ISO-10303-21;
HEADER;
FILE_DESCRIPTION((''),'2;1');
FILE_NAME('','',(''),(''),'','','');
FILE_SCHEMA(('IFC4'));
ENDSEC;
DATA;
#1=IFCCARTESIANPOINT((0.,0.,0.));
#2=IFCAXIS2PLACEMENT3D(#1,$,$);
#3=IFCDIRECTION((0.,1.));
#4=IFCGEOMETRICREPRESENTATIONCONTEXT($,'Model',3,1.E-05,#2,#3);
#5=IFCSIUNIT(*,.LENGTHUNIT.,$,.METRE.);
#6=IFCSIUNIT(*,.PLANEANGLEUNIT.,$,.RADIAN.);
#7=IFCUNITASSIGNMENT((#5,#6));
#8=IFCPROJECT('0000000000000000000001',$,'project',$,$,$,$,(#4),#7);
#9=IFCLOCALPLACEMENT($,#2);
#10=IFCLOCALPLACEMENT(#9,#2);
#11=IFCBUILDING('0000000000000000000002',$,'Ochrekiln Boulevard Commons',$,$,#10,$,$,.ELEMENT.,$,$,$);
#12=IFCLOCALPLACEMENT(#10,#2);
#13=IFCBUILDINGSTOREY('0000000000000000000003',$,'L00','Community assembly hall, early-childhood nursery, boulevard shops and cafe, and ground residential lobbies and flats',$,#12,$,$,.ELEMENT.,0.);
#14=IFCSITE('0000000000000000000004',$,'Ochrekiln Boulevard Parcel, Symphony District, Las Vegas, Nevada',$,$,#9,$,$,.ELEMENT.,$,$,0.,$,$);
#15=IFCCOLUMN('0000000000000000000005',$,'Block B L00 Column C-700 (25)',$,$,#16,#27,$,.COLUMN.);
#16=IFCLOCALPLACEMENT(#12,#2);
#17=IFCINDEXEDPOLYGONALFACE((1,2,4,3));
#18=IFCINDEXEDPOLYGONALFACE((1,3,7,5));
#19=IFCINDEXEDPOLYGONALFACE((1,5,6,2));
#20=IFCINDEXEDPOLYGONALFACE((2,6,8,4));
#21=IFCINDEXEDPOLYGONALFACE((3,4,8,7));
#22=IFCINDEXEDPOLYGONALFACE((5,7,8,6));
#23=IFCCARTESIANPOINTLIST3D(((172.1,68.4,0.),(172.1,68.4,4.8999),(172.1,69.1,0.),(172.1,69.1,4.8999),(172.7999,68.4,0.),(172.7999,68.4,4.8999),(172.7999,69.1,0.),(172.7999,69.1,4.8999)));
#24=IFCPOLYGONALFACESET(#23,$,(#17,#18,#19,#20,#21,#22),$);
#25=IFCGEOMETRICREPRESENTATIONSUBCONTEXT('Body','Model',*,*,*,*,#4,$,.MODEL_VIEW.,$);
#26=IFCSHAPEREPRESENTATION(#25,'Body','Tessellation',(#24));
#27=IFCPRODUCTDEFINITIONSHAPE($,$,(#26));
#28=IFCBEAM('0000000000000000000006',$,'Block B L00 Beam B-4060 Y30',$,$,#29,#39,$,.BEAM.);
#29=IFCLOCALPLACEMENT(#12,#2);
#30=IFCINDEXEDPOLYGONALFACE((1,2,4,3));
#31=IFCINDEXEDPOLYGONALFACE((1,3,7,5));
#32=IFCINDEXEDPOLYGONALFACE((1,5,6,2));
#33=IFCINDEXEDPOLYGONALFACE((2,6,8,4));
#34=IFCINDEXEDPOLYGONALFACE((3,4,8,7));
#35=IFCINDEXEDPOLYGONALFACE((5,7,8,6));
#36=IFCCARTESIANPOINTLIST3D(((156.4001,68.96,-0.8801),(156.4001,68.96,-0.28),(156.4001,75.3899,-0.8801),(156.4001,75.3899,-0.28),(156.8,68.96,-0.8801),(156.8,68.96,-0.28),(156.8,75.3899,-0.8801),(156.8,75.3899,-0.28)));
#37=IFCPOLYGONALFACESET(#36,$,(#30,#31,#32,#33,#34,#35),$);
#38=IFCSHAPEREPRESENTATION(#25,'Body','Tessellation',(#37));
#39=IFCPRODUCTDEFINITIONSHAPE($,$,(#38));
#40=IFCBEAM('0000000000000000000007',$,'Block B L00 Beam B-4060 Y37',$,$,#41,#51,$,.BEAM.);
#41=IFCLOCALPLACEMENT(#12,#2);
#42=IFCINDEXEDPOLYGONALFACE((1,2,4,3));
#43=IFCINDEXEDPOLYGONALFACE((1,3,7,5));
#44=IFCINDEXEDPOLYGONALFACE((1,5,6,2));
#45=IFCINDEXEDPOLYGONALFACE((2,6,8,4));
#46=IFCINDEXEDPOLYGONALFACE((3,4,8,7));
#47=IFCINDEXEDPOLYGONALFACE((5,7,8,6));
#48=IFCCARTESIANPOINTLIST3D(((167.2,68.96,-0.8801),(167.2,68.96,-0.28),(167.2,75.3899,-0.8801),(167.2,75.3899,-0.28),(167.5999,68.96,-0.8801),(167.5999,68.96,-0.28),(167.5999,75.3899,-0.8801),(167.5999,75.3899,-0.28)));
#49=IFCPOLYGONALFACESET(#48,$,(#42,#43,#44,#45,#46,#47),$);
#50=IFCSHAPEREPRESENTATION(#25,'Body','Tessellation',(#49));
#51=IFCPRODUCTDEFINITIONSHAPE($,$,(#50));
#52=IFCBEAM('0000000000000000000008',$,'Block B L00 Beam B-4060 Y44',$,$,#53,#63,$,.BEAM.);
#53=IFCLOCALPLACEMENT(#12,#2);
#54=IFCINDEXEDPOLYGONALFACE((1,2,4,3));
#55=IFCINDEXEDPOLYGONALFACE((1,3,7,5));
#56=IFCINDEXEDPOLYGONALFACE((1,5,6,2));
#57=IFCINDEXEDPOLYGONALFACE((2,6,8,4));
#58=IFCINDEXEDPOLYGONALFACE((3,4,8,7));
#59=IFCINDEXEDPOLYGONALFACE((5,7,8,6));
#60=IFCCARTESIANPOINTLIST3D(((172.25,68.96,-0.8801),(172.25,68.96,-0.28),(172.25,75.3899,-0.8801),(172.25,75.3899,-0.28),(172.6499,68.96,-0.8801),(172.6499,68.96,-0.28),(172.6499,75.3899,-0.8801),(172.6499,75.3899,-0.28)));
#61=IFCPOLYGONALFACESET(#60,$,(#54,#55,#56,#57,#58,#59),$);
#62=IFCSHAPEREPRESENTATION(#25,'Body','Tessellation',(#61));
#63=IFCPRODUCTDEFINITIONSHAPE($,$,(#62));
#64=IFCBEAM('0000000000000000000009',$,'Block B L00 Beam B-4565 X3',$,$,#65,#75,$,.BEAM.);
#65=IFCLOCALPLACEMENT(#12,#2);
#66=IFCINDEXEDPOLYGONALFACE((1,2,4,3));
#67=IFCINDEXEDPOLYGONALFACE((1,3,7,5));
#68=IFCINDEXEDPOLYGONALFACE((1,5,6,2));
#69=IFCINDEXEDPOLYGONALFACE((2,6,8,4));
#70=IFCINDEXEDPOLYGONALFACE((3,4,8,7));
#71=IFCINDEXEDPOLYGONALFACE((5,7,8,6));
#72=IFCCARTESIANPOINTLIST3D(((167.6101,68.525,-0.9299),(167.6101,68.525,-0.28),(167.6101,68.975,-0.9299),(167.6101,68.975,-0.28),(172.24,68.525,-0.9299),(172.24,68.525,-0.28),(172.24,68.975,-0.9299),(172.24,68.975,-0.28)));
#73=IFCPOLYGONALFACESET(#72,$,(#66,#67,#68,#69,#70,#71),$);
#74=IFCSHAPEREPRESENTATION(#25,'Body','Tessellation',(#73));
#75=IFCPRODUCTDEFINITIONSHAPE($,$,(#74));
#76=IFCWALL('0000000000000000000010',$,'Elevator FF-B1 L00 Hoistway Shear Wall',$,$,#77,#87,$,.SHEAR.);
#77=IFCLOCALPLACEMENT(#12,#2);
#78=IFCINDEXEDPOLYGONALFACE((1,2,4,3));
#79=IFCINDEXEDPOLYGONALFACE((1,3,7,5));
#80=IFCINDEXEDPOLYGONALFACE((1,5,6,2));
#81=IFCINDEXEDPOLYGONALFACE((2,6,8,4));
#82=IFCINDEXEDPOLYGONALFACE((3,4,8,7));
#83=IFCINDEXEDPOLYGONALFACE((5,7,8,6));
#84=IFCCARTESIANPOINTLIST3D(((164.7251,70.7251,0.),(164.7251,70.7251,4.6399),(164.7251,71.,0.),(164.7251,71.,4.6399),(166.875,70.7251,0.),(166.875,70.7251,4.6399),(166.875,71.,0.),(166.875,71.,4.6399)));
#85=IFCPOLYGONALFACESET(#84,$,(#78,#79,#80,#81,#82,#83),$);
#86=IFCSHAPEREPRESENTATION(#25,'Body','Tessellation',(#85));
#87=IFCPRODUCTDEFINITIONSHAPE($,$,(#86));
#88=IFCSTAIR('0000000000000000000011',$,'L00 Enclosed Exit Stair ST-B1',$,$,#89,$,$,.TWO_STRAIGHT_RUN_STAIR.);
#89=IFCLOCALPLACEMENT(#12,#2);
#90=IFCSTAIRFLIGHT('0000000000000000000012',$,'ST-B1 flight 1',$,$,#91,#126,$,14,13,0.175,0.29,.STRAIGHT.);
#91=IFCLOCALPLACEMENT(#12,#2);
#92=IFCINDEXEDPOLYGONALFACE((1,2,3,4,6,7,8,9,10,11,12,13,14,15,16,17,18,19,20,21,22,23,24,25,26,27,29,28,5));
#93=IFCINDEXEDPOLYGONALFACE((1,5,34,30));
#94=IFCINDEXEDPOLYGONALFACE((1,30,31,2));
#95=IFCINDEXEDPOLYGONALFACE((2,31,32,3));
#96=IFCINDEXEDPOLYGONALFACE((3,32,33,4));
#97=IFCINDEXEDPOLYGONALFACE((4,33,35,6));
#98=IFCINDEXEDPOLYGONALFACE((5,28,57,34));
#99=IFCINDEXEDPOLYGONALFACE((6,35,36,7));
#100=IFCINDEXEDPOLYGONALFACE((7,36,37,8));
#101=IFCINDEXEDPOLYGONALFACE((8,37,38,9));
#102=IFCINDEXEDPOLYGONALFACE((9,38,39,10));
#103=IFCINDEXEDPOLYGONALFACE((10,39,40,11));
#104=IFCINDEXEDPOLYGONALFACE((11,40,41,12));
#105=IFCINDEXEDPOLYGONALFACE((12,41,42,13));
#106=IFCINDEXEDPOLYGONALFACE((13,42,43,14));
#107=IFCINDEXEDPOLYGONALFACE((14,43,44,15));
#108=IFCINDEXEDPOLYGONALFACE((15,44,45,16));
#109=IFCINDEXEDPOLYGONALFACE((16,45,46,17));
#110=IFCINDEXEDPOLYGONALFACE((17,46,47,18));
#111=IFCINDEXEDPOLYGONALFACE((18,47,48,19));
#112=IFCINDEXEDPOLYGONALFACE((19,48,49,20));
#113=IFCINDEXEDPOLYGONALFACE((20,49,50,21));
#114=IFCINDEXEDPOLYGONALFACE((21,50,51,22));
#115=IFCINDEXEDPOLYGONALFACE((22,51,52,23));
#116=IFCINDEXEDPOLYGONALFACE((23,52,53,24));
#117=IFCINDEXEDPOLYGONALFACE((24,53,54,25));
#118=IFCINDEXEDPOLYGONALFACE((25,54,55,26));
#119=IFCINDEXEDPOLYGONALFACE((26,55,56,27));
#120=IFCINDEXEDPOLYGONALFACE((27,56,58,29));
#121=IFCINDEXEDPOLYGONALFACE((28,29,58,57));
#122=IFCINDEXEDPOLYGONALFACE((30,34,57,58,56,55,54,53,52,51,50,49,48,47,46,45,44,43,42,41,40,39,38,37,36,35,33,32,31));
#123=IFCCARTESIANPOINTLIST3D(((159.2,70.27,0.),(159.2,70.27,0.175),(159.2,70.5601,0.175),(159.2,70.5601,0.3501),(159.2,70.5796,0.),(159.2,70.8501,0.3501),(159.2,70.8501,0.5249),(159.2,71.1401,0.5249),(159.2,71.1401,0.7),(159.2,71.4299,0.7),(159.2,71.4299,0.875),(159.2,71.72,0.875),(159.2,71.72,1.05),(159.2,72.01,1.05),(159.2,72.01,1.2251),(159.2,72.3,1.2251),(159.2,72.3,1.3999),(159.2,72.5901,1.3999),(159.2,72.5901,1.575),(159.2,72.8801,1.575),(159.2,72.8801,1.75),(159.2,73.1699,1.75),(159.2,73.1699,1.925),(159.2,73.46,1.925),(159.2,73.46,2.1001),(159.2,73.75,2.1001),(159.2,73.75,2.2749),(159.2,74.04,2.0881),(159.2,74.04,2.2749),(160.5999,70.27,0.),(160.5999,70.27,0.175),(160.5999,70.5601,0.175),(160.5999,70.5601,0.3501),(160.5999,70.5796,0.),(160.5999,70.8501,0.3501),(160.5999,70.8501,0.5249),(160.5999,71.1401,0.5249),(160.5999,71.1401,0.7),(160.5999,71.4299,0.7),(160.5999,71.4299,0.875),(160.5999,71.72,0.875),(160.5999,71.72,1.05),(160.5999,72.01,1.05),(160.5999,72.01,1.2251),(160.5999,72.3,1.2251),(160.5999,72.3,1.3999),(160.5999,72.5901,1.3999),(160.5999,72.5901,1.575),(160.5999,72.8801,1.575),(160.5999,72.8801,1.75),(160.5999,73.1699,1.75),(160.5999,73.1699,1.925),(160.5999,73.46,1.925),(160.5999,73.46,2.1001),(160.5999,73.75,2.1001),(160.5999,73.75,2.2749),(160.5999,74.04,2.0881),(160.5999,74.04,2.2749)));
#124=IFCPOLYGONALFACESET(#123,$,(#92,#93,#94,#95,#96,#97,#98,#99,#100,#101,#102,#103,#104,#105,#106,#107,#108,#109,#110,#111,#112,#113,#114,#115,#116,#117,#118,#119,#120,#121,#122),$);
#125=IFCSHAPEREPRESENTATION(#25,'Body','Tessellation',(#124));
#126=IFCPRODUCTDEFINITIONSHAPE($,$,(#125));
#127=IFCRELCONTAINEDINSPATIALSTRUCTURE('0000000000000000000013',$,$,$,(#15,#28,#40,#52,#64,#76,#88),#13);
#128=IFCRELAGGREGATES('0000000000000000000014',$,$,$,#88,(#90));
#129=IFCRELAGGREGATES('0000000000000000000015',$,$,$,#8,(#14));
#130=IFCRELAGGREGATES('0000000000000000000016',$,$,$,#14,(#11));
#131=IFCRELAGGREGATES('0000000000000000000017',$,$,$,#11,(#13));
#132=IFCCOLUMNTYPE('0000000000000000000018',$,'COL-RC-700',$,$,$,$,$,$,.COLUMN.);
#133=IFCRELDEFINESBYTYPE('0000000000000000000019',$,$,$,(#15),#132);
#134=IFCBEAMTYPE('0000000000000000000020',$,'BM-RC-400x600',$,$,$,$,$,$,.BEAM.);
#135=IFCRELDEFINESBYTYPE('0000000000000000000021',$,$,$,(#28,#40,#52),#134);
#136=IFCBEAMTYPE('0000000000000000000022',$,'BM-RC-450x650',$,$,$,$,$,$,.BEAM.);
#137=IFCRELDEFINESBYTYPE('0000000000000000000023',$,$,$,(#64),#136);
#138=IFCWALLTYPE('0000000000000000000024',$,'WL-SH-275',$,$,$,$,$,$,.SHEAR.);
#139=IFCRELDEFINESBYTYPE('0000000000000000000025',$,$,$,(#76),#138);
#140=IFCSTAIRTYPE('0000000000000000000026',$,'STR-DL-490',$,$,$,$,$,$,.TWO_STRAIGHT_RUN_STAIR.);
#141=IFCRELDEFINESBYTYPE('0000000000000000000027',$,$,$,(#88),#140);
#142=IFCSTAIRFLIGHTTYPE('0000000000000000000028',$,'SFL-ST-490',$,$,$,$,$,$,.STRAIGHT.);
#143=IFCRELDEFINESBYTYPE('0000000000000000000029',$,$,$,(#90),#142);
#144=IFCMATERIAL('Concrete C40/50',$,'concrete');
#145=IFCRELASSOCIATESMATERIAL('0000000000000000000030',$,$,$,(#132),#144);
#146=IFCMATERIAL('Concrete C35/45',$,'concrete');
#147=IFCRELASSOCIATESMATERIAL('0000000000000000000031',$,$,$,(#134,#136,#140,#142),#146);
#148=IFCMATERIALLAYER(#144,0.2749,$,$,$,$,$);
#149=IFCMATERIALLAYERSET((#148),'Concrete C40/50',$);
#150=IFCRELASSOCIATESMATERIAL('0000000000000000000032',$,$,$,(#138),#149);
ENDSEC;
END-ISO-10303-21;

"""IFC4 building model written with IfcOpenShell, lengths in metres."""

from ifc_helpers import new_model, si_unit, direction, frame, frame_2d, origin, origin_2d, place, context, subcontext, project, spatial, polyline, rectangle, outline, extrude, material, layer, layer_set, material_profile, profile_set, type_object, element, aggregate, save


model = new_model("IFC4")

# Units and contexts
model_context = context("Model", 3, precision=1e-05, world=origin(), true_north=direction((0.0, 1.0)))
body_context = subcontext(model_context, "Body", "Model", "MODEL_VIEW")
ifc_project = project(units=[si_unit("LENGTHUNIT", "METRE"), si_unit("PLANEANGLEUNIT", "RADIAN")], contexts=[model_context])

# Site, building, storey
site_placement = place(None, origin())
site = spatial("IfcSite", under=ifc_project, at=site_placement, Name="Ochrekiln Boulevard Parcel, Symphony District, Las Vegas, Nevada", CompositionType="ELEMENT", RefElevation=0.0)
building_placement = place(site_placement, origin())
building = spatial("IfcBuilding", under=site, at=building_placement, Name="Ochrekiln Boulevard Commons", CompositionType="ELEMENT")
storey_placement = place(building_placement, origin())
storey = spatial("IfcBuildingStorey", under=building, at=storey_placement, Name="L00", Description="Community assembly hall, early-childhood nursery, boulevard shops and cafe, and ground residential lobbies and flats", CompositionType="ELEMENT", Elevation=0.0)

# Column
ifc_material_1 = material(Name="Concrete C40/50", Category="concrete")
ifc_material_profile_1 = material_profile(ifc_material_1, rectangle(XDim=0.7, YDim=0.7, at=origin_2d()), Name="RC-COL-700x700")
ifc_profile_set_1 = profile_set([ifc_material_profile_1], Name="Concrete C40/50")
column_type = type_object("IfcColumnType", Name="COL-RC-700", PredefinedType="COLUMN", material=ifc_profile_set_1)
column_placement = place(storey_placement, frame((172.45, 68.75, 0.0), z_axis=(0.0, 0.0, 1.0), x_axis=(1.0, 0.0, 0.0)))
element("IfcColumn", 1, at=column_placement, inside=storey, type_object=column_type, Name="Block B L00 Column C-700 (25)", PredefinedType="COLUMN", context=body_context, shape_type="SweptSolid", body=[
    extrude(rectangle(XDim=0.7, YDim=0.7, at=origin_2d()), origin(), (0.0, 0.0, 1.0), 4.8999),
])

# Beams
ifc_material_2 = material(Name="Concrete C35/45", Category="concrete")
ifc_material_profile_2 = material_profile(ifc_material_2, rectangle(XDim=0.3999, YDim=0.6001, at=origin_2d()), Name="RC-BM-400x600")
ifc_profile_set_2 = profile_set([ifc_material_profile_2], Name="Concrete C35/45")
beam_type_1 = type_object("IfcBeamType", Name="BM-RC-400x600", PredefinedType="BEAM", material=ifc_profile_set_2)
for number, where, z_axis, x_axis, name in (
    (2, (156.6001, 68.96, -0.5801), (0.0, 1.0, 0.0), (-1.0, 0.0, 0.0), "Block B L00 Beam B-4060 Y30"),
    (3, (167.3999, 68.96, -0.5801), (0.0, 1.0, 0.0), (-1.0, 0.0, 0.0), "Block B L00 Beam B-4060 Y37"),
    (4, (172.45, 68.96, -0.5801), (0.0, 1.0, 0.0), (-1.0, 0.0, 0.0), "Block B L00 Beam B-4060 Y44"),
):
    element("IfcBeam", number, at=place(storey_placement, frame(where, z_axis=z_axis, x_axis=x_axis)), inside=storey, type_object=beam_type_1, Name=name, PredefinedType="BEAM", context=body_context, shape_type="SweptSolid", body=[
        extrude(rectangle(XDim=0.3999, YDim=0.6001, at=origin_2d()), origin(), (0.0, 0.0, 1.0), 6.4299),
    ])
ifc_material_profile_3 = material_profile(ifc_material_2, rectangle(XDim=0.45, YDim=0.6499, at=origin_2d()), Name="RC-BM-450x650")
ifc_profile_set_3 = profile_set([ifc_material_profile_3], Name="Concrete C35/45")
beam_type_2 = type_object("IfcBeamType", Name="BM-RC-450x650", PredefinedType="BEAM", material=ifc_profile_set_3)
beam_placement = place(storey_placement, frame((167.6101, 68.75, -0.605), z_axis=(1.0, 0.0, 0.0), x_axis=(0.0, 1.0, 0.0)))
element("IfcBeam", 5, at=beam_placement, inside=storey, type_object=beam_type_2, Name="Block B L00 Beam B-4565 X3", PredefinedType="BEAM", context=body_context, shape_type="SweptSolid", body=[
    extrude(rectangle(XDim=0.45, YDim=0.6499, at=origin_2d()), origin(), (0.0, 0.0, 1.0), 4.6299),
])

# Wall
ifc_layer = layer(ifc_material_1, 0.2749)
ifc_layer_set = layer_set([ifc_layer], Name="Concrete C40/50")
wall_type = type_object("IfcWallType", Name="WL-SH-275", PredefinedType="SHEAR", material=ifc_layer_set)
wall_1_placement = place(storey_placement, frame((164.7251, 70.8625, 0.0), z_axis=(0.0, 0.0, 1.0), x_axis=(1.0, 0.0, 0.0)))
element("IfcWall", 6, at=wall_1_placement, inside=storey, type_object=wall_type, Name="Elevator FF-B1 L00 Hoistway Shear Wall", PredefinedType="SHEAR", context=body_context, shape_type="SweptSolid", body=[
    extrude(rectangle(XDim=2.1499, YDim=0.2749, at=frame_2d((1.075, 0.0))), origin(), (0.0, 0.0, 1.0), 4.6399),
])

# Stair, stair flight
stair_type = type_object("IfcStairType", Name="STR-DL-490", PredefinedType="TWO_STRAIGHT_RUN_STAIR", material=ifc_material_2)
stair_placement = place(storey_placement, origin())
stair = element("IfcStair", 7, at=stair_placement, inside=storey, type_object=stair_type, Name="L00 Enclosed Exit Stair ST-B1", PredefinedType="TWO_STRAIGHT_RUN_STAIR")
stair_flight_type = type_object("IfcStairFlightType", Name="SFL-ST-490", PredefinedType="STRAIGHT", material=ifc_material_2)
stair_flight_placement = place(storey_placement, frame((159.8999, 70.27, 0.0), z_axis=(0.0, 0.0, 1.0), x_axis=(0.0, 1.0, 0.0)))
stair_flight = element("IfcStairFlight", 8, at=stair_flight_placement, type_object=stair_flight_type, Name="ST-B1 flight 1", NumberOfRisers=14, NumberOfTreads=13, PredefinedType="STRAIGHT", RiserHeight=0.175, TreadLength=0.29, context=body_context, shape_type="SweptSolid", body=[
    extrude(outline(polyline([(0.0, 0.0), (0.0, 0.175), (0.29, 0.175), (0.29, 0.3501), (0.5801, 0.3501), (0.5801, 0.5249), (0.8701, 0.5249), (0.8701, 0.7), (1.1599, 0.7), (1.1599, 0.875), (1.45, 0.875), (1.45, 1.05), (1.74, 1.05), (1.74, 1.2251), (2.03, 1.2251), (2.03, 1.3999), (2.3201, 1.3999), (2.3201, 1.575), (2.6101, 1.575), (2.6101, 1.75), (2.8999, 1.75), (2.8999, 1.925), (3.1899, 1.925), (3.1899, 2.1001), (3.48, 2.1001), (3.48, 2.2749), (3.77, 2.2749), (3.77, 2.45), (3.77, 2.0881), (0.3096, 0.0), (0.0, 0.0)])), frame((0.0, 0.7, 0.0), z_axis=(0.0, -1.0, 0.0), x_axis=(1.0, 0.0, 0.0)), (0.0, 0.0, 1.0), 1.3999),
])
aggregate(stair, [stair_flight])

save(model, "model.ifc")
